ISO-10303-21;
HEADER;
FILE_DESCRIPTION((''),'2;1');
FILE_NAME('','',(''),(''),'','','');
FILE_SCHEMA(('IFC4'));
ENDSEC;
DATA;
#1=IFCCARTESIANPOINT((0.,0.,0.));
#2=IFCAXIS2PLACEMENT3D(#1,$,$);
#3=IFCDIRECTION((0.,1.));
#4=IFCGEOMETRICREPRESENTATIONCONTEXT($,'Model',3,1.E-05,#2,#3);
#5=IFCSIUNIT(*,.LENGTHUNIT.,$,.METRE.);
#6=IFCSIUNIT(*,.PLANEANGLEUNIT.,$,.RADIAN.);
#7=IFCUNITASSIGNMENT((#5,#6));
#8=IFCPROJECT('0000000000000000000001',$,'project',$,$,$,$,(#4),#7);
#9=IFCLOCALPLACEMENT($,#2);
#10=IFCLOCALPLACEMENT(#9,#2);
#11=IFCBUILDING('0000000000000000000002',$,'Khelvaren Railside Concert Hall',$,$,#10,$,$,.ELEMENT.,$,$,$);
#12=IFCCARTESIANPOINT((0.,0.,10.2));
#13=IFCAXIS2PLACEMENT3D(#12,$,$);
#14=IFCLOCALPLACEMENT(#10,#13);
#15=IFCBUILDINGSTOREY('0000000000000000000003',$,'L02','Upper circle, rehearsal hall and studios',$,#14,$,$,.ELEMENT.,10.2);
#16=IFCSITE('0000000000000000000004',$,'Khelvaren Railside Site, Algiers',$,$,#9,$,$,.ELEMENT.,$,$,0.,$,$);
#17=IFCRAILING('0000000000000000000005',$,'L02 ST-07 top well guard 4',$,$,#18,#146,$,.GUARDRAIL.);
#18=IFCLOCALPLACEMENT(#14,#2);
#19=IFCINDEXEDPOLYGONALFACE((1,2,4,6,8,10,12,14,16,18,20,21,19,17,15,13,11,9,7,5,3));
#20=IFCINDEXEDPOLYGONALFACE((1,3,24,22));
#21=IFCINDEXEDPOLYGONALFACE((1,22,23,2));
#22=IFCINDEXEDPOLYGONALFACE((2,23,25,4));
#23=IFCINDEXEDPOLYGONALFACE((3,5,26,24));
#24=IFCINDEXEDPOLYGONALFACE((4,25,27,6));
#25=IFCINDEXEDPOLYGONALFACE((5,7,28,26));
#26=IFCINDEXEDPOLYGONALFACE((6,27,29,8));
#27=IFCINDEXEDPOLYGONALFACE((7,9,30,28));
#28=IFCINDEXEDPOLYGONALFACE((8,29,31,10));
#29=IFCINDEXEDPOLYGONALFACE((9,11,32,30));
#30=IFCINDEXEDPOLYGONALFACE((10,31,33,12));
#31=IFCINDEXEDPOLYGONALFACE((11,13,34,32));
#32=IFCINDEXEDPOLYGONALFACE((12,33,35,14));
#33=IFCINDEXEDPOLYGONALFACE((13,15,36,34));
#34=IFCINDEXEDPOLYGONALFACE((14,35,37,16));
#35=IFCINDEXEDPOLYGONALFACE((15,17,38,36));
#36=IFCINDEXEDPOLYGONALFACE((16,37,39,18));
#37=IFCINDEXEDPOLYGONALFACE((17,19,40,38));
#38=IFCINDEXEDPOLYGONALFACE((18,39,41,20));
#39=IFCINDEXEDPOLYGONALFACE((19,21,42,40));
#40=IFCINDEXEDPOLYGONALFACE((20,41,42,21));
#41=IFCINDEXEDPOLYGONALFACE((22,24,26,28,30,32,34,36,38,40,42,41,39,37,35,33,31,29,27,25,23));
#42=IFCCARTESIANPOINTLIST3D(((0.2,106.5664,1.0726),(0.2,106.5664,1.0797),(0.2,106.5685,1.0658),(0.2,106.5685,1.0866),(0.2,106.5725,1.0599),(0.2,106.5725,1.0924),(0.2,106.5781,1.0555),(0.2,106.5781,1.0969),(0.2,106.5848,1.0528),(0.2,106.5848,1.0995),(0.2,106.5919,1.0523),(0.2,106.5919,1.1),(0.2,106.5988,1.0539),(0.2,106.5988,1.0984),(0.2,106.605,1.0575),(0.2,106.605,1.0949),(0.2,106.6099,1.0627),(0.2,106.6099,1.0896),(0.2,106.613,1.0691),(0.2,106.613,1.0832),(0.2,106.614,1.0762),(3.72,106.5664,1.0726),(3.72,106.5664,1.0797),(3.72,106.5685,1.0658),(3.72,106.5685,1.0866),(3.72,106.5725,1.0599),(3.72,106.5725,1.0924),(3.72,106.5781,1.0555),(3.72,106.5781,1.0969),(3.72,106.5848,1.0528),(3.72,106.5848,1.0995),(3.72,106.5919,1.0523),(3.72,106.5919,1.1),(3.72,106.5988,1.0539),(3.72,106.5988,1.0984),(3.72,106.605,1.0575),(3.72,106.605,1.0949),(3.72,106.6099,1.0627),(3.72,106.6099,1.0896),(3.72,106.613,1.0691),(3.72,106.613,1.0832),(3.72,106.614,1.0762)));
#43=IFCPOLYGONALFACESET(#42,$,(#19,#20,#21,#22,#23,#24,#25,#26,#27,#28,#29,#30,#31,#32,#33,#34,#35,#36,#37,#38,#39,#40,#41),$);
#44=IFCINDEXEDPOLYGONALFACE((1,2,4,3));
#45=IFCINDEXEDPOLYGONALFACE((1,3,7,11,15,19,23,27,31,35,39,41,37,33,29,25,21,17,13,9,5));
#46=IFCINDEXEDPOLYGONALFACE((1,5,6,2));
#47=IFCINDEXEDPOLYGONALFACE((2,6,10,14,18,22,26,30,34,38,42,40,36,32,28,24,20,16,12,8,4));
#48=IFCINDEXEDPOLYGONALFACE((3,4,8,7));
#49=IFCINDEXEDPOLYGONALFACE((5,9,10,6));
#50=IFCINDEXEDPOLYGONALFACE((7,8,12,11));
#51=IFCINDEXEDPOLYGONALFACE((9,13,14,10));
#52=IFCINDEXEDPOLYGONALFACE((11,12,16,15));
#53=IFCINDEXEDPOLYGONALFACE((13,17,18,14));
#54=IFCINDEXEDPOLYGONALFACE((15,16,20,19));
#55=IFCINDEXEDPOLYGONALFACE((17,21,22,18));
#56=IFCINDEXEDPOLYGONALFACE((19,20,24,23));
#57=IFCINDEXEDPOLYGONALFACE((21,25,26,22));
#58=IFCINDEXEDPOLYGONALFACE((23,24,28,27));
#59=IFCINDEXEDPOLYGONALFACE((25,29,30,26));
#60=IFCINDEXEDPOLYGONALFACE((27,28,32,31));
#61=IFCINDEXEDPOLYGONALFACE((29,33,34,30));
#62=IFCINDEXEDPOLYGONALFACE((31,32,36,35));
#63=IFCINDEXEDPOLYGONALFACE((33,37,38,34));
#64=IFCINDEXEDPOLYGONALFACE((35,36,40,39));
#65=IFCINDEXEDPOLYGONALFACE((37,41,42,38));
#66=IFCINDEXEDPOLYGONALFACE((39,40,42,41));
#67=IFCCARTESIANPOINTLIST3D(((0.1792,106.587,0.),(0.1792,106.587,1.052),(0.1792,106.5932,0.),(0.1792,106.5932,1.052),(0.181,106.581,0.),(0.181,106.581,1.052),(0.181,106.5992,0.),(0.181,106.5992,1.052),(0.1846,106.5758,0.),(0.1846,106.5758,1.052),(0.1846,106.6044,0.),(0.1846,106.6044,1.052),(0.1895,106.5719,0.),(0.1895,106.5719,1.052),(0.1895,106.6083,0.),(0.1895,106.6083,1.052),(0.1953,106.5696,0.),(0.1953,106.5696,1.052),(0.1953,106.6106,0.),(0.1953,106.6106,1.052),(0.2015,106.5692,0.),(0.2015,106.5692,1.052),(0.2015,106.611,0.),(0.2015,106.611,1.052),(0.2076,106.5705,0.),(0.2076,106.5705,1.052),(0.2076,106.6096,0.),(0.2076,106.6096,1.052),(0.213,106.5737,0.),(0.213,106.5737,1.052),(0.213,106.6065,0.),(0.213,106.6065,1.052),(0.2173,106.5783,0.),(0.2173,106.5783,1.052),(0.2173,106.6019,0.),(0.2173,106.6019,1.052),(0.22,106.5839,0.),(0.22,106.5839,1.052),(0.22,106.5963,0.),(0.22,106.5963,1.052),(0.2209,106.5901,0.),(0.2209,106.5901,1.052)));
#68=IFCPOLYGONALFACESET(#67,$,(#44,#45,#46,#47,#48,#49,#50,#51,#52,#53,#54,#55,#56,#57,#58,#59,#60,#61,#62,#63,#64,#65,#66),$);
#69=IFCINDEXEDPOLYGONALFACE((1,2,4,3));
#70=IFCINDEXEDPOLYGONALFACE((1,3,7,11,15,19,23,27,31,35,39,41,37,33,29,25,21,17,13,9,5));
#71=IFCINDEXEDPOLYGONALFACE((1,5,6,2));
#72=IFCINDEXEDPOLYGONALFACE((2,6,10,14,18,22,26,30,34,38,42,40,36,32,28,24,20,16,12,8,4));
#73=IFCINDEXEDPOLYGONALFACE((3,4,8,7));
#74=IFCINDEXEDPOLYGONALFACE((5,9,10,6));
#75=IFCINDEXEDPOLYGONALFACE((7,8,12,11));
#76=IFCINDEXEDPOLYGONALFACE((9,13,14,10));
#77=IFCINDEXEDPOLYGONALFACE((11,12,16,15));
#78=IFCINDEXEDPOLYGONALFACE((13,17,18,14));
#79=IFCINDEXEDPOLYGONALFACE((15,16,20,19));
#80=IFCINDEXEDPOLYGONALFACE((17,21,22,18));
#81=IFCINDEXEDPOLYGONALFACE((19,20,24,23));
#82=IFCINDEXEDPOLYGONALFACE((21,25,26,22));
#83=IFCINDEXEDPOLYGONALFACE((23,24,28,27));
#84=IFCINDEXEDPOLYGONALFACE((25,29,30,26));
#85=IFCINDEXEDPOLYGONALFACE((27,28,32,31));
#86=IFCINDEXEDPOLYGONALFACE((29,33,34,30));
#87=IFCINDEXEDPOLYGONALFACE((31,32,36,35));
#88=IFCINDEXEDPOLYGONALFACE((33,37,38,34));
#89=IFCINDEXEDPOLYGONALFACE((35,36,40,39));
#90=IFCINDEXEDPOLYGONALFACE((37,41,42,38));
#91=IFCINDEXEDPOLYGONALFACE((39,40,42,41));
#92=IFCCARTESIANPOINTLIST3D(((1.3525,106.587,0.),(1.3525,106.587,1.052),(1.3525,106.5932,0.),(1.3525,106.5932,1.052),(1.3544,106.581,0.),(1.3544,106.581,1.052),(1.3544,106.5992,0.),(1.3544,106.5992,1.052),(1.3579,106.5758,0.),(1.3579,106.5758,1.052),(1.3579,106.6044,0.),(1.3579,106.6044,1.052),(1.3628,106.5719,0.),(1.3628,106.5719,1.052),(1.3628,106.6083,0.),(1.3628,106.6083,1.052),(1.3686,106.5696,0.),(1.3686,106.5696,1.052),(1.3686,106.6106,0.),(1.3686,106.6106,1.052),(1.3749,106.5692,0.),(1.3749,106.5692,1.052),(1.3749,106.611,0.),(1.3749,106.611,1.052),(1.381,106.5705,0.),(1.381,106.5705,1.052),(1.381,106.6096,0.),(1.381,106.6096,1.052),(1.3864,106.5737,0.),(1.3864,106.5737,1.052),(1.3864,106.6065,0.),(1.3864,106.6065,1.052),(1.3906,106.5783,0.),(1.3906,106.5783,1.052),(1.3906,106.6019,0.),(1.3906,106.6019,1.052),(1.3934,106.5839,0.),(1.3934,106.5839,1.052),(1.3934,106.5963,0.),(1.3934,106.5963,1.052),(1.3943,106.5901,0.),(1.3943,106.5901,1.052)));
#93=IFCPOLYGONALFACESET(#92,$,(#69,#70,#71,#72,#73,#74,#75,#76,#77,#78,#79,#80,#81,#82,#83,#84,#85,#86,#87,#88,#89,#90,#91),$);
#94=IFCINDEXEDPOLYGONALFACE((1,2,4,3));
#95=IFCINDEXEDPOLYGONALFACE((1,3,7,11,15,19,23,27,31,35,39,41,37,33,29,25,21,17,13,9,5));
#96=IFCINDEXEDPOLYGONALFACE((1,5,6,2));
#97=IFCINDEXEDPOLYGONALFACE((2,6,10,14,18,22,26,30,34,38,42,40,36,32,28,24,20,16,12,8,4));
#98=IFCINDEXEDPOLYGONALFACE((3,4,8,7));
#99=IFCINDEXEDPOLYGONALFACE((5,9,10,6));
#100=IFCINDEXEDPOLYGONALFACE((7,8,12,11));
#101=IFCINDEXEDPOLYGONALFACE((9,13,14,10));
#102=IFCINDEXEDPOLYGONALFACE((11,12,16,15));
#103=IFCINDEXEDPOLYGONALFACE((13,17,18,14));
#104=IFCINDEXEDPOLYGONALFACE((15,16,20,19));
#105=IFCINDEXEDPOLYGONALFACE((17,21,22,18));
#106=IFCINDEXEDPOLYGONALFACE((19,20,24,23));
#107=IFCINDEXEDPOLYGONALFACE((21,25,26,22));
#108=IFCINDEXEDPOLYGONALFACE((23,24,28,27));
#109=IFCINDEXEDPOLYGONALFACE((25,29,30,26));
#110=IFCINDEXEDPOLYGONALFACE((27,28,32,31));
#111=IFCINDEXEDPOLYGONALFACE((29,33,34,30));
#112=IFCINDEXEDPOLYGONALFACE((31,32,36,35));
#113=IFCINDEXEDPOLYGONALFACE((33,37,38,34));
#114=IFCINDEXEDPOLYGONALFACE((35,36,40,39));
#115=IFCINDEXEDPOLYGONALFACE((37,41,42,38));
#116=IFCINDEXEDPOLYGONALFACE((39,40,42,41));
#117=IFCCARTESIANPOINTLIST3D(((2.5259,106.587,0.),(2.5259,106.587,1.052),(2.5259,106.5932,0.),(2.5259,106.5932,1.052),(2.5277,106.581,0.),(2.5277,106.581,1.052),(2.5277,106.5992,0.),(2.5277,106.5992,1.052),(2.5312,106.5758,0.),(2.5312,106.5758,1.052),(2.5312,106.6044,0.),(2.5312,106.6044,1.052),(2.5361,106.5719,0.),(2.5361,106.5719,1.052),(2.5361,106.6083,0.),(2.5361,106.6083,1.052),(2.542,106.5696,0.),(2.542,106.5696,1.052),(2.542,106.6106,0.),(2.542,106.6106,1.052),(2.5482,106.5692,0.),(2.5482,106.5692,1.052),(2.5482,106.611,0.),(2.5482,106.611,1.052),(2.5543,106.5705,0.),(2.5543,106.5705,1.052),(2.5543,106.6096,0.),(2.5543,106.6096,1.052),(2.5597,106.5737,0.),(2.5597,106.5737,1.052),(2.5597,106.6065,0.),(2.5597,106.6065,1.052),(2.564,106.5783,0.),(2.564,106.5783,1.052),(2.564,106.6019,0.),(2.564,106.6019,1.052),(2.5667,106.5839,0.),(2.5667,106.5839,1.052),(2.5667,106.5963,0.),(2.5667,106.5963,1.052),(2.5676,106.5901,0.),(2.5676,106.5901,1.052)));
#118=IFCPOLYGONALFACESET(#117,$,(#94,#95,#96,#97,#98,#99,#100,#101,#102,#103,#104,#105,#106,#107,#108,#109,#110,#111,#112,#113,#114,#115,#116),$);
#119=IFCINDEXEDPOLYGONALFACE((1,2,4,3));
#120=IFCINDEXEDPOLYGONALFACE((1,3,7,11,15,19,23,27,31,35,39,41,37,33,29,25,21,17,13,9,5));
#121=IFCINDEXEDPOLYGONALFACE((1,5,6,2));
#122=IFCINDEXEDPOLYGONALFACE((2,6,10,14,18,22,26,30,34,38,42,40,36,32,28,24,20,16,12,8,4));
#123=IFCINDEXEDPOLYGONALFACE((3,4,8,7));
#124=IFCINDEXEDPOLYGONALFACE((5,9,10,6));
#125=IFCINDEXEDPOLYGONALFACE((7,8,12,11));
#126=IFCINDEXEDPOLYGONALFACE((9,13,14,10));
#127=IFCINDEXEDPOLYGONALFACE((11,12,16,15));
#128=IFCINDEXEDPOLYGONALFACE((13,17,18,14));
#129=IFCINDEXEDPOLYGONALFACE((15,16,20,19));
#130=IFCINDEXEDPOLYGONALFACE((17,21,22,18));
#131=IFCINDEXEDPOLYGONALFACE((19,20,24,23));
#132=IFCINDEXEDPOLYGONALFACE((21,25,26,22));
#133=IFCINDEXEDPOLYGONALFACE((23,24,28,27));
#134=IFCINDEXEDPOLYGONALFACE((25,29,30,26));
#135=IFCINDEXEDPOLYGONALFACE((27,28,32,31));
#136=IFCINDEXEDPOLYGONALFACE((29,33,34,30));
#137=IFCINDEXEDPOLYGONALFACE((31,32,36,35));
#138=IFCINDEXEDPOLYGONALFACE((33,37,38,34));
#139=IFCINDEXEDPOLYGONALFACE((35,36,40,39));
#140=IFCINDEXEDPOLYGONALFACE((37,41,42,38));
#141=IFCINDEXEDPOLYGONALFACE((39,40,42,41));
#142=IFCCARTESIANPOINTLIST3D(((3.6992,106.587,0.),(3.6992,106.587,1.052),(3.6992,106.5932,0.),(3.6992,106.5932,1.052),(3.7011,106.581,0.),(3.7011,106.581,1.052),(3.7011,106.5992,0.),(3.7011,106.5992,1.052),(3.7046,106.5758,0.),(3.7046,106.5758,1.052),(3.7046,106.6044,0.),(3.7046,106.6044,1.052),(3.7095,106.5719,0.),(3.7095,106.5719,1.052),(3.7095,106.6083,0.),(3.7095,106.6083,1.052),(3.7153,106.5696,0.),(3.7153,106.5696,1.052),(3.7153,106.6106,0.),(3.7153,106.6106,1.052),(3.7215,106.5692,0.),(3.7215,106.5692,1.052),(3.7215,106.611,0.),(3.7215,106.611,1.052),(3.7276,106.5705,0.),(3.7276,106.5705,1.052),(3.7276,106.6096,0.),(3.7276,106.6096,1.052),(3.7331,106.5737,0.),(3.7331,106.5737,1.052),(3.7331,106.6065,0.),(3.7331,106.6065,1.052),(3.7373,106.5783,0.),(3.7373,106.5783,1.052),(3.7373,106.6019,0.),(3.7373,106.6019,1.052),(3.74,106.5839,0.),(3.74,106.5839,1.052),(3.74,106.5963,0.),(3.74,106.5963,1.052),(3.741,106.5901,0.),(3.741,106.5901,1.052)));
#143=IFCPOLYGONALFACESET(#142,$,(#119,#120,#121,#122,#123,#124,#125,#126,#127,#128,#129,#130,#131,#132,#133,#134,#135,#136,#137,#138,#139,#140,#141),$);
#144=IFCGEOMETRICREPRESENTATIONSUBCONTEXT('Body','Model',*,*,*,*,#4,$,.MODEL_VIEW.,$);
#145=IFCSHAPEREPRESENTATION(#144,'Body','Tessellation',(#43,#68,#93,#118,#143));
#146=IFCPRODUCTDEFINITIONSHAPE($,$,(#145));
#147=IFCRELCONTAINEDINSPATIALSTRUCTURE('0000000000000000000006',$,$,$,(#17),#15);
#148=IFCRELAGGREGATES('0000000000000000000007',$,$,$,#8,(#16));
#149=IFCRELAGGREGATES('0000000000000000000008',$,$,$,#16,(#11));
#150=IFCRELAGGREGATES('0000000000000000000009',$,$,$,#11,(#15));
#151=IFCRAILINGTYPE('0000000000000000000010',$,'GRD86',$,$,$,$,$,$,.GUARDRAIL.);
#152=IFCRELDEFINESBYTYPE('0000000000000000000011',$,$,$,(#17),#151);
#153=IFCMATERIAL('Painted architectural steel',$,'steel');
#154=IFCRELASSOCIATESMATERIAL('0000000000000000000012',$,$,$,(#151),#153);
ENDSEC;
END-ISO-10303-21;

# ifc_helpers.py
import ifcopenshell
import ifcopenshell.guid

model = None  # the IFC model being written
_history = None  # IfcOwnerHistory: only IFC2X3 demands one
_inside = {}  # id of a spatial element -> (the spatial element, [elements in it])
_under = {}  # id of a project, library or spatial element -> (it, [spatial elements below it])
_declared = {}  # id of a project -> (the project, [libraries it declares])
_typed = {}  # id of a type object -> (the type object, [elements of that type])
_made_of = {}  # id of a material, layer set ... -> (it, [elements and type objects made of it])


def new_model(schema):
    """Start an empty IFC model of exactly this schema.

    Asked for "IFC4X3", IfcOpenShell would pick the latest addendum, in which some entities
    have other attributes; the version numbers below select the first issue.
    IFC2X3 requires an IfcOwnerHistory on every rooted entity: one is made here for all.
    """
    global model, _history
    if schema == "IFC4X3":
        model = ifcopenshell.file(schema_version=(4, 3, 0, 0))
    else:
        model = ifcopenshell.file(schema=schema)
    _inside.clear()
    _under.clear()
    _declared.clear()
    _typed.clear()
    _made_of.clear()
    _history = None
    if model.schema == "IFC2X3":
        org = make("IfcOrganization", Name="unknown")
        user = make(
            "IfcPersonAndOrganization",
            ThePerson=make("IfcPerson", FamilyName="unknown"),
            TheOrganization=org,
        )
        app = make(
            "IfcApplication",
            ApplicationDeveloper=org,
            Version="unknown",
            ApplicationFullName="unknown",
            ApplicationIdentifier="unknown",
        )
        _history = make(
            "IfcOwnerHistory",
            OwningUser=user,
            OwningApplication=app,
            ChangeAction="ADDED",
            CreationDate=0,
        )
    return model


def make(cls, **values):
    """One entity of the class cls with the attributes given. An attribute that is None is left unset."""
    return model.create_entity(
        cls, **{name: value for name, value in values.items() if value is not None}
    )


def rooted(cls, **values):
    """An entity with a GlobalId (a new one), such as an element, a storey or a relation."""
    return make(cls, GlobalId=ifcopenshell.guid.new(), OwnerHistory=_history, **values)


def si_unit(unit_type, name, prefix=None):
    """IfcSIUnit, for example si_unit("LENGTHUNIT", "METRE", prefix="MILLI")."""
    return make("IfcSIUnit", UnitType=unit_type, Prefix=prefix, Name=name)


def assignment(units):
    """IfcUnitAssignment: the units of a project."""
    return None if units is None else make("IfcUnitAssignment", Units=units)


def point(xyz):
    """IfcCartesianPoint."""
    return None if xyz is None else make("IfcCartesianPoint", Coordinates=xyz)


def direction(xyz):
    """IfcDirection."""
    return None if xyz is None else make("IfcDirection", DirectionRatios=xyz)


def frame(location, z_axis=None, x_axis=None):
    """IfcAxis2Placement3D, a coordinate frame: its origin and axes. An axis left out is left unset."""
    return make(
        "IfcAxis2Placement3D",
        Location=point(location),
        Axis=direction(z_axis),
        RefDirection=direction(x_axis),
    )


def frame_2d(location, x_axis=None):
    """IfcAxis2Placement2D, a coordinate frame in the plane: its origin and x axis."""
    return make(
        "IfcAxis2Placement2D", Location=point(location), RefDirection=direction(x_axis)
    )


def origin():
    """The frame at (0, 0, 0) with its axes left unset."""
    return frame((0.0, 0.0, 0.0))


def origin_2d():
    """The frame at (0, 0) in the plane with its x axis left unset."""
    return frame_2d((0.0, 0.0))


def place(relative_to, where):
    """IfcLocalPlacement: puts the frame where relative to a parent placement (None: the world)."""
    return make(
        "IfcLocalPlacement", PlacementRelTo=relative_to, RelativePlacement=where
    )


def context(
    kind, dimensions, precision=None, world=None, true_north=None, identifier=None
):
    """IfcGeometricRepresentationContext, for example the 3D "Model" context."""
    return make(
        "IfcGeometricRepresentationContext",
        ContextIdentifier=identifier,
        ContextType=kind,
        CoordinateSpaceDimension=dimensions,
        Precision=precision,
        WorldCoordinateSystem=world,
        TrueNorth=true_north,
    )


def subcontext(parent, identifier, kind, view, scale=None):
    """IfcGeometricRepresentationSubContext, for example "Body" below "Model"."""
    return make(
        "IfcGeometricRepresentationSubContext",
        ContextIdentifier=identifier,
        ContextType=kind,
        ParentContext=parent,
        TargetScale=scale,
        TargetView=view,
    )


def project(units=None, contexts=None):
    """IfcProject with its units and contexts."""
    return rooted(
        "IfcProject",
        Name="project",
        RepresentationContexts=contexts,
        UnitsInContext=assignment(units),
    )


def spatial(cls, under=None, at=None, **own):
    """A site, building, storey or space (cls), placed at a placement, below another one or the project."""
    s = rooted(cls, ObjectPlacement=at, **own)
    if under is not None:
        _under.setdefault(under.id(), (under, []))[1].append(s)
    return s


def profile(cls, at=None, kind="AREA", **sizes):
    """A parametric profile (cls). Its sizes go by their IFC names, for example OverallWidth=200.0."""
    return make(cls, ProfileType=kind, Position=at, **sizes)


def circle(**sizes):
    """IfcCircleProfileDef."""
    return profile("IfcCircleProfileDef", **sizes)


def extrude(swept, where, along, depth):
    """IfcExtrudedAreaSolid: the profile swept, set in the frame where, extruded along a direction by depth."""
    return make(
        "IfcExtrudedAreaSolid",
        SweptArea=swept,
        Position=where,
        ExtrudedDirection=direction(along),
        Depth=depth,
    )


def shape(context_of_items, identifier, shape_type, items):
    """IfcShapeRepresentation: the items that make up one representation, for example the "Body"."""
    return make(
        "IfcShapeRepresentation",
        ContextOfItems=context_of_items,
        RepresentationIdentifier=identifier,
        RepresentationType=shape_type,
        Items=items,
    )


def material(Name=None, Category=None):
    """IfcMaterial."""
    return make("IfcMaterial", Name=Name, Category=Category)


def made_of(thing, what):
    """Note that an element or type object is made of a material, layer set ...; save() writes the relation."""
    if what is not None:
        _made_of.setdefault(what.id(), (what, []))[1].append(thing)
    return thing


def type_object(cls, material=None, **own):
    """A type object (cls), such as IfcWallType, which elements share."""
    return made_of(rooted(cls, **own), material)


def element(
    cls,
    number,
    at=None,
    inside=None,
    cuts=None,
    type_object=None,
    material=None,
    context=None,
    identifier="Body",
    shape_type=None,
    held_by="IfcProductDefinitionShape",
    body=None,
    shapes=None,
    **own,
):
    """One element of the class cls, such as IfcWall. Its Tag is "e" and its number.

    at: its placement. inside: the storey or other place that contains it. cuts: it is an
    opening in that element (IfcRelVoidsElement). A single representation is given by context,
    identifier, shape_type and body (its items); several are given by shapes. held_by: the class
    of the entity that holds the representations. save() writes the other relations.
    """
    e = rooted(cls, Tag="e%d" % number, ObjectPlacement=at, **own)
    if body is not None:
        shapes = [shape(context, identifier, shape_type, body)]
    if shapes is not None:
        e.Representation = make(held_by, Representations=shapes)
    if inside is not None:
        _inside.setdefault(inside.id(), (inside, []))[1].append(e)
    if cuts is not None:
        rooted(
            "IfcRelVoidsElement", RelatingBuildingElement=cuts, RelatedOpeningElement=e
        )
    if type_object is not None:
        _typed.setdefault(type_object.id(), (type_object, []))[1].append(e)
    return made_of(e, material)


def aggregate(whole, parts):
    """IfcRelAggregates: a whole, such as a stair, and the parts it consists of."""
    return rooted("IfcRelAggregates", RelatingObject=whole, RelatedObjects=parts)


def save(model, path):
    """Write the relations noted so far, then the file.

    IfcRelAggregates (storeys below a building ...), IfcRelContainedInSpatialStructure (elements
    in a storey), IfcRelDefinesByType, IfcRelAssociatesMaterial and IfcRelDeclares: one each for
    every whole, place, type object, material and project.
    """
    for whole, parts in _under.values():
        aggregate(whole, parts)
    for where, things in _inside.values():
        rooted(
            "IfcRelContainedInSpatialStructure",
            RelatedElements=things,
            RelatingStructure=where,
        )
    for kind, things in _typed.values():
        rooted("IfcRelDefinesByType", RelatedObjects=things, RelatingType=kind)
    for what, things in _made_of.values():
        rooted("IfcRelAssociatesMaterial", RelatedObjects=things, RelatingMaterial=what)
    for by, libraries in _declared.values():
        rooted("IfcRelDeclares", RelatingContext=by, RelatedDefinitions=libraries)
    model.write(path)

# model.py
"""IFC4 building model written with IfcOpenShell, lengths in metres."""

from ifc_helpers import new_model, si_unit, direction, frame, origin, origin_2d, place, context, subcontext, project, spatial, circle, extrude, material, type_object, element, save


model = new_model("IFC4")

# Units and contexts
model_context = context("Model", 3, precision=1e-05, world=origin(), true_north=direction((0.0, 1.0)))
body_context = subcontext(model_context, "Body", "Model", "MODEL_VIEW")
ifc_project = project(units=[si_unit("LENGTHUNIT", "METRE"), si_unit("PLANEANGLEUNIT", "RADIAN")], contexts=[model_context])

# Site, building, storey
site_placement = place(None, origin())
site = spatial("IfcSite", under=ifc_project, at=site_placement, Name="Khelvaren Railside Site, Algiers", CompositionType="ELEMENT", RefElevation=0.0)
building_placement = place(site_placement, origin())
building = spatial("IfcBuilding", under=site, at=building_placement, Name="Khelvaren Railside Concert Hall", CompositionType="ELEMENT")
storey_placement = place(building_placement, frame((0.0, 0.0, 10.2)))
storey = spatial("IfcBuildingStorey", under=building, at=storey_placement, Name="L02", Description="Upper circle, rehearsal hall and studios", CompositionType="ELEMENT", Elevation=10.2)

# Railing
ifc_material_1 = material(Name="Painted architectural steel", Category="steel")
railing_type = type_object("IfcRailingType", Name="GRD86", PredefinedType="GUARDRAIL", material=ifc_material_1)
railing_1_placement = place(storey_placement, frame((0.2, 106.5901, 0.0)))
element("IfcRailing", 1, at=railing_1_placement, inside=storey, type_object=railing_type, Name="L02 ST-07 top well guard 4", PredefinedType="GUARDRAIL", context=body_context, shape_type="SweptSolid", body=[
    extrude(circle(Radius=0.0239, at=origin_2d()), frame((0.0, 0.0, 1.0762), z_axis=(1.0, 0.0, 0.0), x_axis=(0.0, 1.0, 0.0)), (0.0, 0.0, 1.0), 3.52),
    extrude(circle(Radius=0.021, at=origin_2d()), origin(), (0.0, 0.0, 1.0), 1.052),
    extrude(circle(Radius=0.021, at=origin_2d()), frame((1.1733, 0.0, 0.0)), (0.0, 0.0, 1.0), 1.052),
    extrude(circle(Radius=0.021, at=origin_2d()), frame((2.3467, 0.0, 0.0)), (0.0, 0.0, 1.0), 1.052),
    extrude(circle(Radius=0.021, at=origin_2d()), frame((3.52, 0.0, 0.0)), (0.0, 0.0, 1.0), 1.052),
])

save(model, "model.ifc")
